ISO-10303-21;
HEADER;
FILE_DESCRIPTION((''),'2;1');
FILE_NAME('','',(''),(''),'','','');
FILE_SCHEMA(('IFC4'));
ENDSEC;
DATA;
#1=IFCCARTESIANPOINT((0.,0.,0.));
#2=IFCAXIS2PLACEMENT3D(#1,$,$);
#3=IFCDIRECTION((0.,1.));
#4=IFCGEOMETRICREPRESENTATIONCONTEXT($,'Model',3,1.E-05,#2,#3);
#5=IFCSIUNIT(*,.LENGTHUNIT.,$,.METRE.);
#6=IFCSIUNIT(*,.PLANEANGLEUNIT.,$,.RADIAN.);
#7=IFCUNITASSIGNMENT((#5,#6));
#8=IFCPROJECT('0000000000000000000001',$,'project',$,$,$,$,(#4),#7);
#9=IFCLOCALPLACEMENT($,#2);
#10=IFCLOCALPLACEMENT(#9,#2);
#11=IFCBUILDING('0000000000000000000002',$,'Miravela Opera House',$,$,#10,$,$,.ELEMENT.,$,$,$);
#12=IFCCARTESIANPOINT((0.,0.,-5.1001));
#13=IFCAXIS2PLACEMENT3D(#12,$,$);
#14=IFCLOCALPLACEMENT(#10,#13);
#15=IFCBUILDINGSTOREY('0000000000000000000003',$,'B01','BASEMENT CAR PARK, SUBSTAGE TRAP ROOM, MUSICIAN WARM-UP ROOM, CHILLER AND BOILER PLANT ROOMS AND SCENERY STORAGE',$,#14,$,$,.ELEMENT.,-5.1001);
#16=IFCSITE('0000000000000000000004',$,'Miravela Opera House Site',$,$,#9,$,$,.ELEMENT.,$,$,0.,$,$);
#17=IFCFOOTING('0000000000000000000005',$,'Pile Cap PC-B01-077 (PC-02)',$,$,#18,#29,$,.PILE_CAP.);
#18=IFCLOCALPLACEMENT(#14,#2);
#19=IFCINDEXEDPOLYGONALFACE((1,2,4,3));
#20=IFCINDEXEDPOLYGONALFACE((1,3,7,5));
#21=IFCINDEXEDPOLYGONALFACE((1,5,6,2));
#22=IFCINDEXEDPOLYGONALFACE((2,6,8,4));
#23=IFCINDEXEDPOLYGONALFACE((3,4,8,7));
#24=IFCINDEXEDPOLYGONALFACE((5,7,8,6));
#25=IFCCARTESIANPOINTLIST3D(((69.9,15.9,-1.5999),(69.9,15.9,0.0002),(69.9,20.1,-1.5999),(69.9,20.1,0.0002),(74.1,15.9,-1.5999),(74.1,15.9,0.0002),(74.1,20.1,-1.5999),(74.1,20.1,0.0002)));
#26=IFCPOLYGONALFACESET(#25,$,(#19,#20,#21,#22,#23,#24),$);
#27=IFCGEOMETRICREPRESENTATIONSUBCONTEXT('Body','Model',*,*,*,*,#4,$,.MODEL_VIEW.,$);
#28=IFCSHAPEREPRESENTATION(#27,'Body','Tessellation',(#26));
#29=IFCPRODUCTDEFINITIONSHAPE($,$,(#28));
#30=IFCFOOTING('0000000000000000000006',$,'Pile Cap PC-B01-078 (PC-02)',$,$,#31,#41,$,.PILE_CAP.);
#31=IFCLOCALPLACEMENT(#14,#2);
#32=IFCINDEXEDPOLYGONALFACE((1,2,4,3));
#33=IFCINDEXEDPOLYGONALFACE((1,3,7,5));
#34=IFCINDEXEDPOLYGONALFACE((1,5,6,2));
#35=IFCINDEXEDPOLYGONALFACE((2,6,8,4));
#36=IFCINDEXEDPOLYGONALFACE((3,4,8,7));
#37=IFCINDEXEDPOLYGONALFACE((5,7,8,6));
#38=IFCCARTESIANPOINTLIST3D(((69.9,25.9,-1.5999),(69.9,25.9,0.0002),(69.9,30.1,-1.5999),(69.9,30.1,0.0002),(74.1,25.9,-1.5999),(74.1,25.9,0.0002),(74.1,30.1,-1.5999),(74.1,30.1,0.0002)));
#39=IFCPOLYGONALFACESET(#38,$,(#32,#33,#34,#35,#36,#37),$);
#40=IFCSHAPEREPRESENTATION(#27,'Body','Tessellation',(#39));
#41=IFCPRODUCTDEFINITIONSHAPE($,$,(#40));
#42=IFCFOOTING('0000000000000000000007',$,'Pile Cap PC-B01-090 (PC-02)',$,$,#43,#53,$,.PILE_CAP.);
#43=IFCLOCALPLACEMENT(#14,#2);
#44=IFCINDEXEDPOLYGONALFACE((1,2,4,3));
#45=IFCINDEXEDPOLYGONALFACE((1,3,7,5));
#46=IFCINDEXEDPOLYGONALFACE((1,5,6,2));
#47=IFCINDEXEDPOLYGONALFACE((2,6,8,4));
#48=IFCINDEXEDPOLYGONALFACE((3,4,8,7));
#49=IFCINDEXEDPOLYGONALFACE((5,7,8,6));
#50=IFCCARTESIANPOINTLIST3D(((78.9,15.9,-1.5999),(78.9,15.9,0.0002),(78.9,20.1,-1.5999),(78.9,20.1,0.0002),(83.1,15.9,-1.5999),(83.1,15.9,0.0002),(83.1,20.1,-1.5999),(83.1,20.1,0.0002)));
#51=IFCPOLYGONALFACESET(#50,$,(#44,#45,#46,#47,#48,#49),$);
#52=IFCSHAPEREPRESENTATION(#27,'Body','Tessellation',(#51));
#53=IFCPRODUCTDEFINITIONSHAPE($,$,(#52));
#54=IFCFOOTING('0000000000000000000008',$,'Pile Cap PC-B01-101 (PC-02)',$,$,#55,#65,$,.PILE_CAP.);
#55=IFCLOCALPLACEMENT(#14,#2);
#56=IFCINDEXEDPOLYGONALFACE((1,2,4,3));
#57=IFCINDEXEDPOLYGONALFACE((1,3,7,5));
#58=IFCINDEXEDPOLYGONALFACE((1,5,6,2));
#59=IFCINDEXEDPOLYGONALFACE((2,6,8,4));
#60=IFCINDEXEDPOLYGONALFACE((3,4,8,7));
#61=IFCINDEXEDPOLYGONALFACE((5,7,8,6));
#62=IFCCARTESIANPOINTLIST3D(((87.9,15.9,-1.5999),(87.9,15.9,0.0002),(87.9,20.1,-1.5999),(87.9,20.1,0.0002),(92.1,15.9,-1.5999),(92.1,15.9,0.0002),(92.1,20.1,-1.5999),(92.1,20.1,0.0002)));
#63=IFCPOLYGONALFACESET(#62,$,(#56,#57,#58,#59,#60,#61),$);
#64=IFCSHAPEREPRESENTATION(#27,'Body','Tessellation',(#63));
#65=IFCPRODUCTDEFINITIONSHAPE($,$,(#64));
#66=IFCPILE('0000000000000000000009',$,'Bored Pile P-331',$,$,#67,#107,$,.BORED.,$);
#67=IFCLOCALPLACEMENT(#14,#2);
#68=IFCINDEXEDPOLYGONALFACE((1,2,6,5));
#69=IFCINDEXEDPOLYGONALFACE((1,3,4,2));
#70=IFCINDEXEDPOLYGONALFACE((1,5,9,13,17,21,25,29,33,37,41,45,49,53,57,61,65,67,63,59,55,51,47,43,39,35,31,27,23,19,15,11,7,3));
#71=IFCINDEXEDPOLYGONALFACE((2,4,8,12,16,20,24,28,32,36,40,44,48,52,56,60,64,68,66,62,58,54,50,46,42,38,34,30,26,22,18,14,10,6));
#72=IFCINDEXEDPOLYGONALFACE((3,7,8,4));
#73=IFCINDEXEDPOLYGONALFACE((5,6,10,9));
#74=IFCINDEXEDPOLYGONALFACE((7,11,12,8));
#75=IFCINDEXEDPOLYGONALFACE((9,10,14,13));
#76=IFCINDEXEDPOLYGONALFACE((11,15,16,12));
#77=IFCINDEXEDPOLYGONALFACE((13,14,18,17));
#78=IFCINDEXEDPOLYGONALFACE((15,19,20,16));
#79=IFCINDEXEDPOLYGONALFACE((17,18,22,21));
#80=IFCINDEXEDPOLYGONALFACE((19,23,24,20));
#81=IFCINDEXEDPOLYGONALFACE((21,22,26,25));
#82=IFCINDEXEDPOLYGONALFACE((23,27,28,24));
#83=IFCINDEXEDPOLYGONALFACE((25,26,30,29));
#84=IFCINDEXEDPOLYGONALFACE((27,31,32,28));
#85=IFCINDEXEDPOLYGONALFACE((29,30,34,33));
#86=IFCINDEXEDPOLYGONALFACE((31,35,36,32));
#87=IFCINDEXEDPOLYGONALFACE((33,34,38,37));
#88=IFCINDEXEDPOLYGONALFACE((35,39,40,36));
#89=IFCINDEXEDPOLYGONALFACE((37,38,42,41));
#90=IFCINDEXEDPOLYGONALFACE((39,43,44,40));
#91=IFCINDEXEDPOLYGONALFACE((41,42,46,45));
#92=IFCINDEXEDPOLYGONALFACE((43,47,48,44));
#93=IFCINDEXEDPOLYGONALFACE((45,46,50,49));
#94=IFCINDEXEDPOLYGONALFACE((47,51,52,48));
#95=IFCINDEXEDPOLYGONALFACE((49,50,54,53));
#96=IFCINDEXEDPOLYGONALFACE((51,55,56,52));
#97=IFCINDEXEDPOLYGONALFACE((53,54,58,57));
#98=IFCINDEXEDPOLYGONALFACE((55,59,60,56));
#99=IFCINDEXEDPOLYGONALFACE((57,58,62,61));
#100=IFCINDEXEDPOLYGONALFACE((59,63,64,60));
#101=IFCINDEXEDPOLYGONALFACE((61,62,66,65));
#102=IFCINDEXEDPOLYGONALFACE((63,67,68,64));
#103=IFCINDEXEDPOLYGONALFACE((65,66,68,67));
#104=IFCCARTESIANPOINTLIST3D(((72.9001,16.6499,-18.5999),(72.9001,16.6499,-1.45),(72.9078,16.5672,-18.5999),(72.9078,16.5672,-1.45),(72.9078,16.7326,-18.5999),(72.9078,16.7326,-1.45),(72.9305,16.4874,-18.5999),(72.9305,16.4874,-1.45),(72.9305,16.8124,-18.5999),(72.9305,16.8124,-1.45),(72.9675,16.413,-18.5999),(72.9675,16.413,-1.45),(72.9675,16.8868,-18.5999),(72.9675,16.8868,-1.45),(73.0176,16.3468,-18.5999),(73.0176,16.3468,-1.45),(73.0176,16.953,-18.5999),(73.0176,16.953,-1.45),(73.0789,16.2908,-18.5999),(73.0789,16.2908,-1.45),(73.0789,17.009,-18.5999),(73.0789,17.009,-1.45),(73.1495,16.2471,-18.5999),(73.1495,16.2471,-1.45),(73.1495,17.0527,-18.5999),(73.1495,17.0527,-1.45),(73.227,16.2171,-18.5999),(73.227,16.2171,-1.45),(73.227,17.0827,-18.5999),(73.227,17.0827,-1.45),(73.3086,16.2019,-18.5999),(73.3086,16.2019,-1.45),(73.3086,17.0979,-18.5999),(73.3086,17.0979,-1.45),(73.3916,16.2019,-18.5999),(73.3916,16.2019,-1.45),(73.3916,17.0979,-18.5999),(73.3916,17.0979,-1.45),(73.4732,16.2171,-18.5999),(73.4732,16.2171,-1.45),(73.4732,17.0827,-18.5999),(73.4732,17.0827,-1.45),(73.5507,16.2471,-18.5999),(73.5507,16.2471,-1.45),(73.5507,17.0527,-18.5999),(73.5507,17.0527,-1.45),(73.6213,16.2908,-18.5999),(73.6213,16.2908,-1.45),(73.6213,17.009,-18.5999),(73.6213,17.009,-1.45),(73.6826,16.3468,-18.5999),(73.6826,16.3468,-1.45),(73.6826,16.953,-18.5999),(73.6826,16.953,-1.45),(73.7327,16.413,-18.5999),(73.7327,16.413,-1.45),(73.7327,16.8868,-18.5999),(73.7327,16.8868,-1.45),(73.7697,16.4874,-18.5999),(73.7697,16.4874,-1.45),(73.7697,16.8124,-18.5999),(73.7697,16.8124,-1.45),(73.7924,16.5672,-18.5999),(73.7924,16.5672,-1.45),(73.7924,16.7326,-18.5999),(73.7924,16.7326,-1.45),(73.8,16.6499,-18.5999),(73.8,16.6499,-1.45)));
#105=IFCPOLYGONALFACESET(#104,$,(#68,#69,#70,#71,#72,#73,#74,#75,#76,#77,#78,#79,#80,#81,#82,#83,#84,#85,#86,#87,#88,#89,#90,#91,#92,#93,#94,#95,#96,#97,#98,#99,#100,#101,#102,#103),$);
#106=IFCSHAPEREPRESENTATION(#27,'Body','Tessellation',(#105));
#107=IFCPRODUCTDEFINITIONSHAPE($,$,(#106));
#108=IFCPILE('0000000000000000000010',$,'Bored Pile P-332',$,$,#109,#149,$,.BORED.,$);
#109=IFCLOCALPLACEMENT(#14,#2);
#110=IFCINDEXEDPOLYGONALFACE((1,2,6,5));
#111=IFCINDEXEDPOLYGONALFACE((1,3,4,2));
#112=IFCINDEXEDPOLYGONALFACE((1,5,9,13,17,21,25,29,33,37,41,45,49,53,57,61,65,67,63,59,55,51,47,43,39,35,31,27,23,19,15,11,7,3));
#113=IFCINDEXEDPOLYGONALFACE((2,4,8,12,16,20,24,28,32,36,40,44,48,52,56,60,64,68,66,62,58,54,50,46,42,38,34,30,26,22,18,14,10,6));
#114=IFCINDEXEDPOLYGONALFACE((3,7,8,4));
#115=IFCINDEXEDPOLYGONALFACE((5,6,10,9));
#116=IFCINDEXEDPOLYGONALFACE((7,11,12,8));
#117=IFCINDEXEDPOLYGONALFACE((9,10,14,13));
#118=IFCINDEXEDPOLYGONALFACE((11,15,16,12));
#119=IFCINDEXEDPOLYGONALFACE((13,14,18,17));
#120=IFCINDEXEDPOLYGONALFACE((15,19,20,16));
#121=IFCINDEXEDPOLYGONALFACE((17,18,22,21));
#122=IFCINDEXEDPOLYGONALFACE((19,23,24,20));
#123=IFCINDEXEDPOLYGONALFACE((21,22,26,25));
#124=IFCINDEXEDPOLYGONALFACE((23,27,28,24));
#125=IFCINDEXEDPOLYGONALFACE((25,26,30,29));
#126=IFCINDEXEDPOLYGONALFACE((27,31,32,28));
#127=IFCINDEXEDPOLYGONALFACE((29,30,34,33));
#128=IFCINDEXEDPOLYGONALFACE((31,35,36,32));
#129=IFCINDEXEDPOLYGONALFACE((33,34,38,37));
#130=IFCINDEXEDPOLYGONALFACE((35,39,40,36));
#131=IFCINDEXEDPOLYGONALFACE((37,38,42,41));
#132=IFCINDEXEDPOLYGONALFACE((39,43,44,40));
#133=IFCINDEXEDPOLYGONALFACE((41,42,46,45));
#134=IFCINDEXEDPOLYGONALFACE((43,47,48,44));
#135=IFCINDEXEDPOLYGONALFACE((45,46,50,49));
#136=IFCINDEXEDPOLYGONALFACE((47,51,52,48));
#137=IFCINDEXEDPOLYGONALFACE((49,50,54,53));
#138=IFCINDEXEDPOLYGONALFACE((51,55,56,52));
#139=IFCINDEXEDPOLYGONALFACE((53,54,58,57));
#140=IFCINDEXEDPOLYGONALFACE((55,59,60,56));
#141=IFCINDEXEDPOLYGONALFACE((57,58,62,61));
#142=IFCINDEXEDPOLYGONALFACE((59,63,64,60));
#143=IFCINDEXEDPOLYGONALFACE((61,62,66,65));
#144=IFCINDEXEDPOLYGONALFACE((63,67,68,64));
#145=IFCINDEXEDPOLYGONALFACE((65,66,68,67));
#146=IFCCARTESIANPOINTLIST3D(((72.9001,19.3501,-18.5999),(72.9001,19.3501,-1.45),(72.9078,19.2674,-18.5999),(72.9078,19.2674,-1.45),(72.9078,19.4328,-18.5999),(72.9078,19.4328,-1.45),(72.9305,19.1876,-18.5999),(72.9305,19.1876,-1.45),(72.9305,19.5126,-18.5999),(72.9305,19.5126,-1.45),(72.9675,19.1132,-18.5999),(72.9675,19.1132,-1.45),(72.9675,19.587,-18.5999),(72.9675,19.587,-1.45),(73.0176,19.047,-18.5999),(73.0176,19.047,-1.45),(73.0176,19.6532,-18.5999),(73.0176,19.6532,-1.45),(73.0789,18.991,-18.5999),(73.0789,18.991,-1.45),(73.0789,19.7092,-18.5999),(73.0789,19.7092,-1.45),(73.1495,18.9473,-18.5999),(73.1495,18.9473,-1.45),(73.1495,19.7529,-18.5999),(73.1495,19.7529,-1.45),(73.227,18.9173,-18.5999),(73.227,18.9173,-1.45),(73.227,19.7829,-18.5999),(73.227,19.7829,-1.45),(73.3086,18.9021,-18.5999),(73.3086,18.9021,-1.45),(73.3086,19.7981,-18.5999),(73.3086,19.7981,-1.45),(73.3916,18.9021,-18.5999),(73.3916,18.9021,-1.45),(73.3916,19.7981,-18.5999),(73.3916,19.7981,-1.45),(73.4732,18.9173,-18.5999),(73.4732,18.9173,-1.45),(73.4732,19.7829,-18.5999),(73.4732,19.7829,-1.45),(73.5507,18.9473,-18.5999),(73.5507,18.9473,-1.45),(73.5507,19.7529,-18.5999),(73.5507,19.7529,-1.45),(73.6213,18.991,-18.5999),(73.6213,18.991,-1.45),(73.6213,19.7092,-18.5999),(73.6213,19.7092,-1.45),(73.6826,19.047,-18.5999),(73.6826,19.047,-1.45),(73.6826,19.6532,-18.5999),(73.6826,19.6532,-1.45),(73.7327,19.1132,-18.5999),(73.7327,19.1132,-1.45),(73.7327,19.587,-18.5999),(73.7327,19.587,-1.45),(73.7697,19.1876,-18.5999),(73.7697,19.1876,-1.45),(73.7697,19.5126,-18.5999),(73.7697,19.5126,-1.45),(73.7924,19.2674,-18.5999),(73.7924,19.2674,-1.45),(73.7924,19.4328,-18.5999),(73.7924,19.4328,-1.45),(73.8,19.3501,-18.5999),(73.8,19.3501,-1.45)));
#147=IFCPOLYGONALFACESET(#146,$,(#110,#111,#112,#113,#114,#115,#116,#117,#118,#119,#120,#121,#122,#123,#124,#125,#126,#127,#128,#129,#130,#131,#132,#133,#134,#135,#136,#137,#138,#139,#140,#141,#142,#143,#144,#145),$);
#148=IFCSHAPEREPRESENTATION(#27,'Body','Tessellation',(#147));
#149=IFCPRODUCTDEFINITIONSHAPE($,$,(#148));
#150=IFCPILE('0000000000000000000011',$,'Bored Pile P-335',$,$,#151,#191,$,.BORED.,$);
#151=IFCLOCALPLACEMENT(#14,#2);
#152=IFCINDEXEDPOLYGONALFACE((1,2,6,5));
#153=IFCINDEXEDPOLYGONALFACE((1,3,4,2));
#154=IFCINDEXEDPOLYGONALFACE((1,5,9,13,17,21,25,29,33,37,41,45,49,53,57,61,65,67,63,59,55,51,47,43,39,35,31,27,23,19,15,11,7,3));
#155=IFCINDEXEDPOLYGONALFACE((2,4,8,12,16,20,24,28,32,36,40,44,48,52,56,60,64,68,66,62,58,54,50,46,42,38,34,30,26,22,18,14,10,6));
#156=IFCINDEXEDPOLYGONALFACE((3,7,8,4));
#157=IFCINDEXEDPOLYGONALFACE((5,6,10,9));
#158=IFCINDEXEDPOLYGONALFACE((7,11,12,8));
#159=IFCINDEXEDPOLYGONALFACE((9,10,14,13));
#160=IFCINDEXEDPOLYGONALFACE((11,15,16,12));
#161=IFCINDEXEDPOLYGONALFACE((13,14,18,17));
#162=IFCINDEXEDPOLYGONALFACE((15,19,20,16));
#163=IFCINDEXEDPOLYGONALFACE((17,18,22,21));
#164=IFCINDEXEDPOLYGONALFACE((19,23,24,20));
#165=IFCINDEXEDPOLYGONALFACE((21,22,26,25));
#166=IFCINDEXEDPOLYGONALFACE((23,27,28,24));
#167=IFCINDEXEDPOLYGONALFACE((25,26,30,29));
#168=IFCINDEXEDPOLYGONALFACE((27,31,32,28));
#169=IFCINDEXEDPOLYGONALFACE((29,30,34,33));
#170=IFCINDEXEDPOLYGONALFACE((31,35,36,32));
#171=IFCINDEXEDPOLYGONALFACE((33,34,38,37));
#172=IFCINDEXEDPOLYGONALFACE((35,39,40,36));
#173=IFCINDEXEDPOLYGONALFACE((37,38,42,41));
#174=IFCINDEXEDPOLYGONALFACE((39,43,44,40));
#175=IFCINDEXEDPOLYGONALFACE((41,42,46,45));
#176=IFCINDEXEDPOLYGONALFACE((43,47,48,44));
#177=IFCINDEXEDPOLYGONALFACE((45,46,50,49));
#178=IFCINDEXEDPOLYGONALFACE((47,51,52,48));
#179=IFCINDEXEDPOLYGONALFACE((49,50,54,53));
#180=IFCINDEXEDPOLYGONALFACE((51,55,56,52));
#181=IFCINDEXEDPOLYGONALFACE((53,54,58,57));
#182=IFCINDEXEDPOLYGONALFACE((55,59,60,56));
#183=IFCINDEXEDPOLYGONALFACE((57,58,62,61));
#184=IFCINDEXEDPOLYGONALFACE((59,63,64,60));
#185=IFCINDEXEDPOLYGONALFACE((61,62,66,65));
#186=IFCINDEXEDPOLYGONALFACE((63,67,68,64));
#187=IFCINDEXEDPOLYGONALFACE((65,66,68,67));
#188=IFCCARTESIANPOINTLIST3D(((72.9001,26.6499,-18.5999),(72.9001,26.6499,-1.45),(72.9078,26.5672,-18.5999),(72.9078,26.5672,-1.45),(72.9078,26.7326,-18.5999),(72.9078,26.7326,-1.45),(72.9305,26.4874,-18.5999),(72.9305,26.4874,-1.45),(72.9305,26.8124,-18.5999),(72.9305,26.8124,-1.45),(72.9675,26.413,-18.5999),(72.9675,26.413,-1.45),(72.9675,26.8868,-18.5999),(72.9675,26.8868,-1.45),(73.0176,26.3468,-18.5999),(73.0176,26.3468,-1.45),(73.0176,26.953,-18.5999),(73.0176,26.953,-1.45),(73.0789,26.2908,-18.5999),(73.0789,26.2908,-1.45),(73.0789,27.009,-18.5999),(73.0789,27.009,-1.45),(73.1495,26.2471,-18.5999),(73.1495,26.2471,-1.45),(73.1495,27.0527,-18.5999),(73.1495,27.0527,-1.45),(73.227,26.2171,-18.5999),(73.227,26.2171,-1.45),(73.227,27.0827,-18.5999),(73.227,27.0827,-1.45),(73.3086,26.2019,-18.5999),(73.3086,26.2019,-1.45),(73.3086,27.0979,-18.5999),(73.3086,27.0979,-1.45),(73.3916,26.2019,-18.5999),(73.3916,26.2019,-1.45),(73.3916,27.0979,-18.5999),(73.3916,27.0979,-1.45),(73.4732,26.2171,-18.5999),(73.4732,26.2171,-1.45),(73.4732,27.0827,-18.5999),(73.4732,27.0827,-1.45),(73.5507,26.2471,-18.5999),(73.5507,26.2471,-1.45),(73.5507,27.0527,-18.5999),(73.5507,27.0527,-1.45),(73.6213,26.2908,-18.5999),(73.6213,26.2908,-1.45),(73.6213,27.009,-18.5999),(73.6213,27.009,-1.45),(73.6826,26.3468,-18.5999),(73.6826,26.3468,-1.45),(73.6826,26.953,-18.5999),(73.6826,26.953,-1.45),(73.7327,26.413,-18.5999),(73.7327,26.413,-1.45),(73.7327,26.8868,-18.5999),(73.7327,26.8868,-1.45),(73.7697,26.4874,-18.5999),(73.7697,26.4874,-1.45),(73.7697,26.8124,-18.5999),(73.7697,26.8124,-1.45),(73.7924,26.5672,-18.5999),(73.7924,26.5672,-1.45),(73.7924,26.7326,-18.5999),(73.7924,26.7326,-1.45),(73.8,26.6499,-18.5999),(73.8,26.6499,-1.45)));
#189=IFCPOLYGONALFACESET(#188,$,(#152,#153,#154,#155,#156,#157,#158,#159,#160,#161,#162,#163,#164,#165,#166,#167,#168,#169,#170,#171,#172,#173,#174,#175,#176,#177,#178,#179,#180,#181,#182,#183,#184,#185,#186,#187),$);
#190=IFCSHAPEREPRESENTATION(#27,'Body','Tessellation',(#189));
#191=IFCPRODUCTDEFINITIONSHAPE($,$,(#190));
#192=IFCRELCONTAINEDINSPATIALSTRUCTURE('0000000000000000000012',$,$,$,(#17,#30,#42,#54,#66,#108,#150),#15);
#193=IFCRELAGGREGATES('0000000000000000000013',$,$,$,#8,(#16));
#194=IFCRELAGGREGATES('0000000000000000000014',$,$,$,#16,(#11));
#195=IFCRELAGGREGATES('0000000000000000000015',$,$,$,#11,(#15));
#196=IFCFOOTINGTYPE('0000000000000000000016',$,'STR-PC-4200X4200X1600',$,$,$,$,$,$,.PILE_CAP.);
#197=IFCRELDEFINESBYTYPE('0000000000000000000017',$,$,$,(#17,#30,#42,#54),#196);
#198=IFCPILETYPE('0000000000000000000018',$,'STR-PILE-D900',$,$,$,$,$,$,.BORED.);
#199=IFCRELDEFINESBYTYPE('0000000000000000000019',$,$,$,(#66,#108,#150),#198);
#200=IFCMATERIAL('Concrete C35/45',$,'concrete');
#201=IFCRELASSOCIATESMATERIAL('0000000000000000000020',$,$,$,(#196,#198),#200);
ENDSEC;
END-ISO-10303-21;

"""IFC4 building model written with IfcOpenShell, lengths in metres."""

from ifc_helpers import new_model, si_unit, direction, frame, origin, origin_2d, place, context, subcontext, project, spatial, rectangle, circle, extrude, material, material_profile, profile_set, type_object, element, save


model = new_model("IFC4")

# Units and contexts
model_context = context("Model", 3, precision=1e-05, world=origin(), true_north=direction((0.0, 1.0)))
body_context = subcontext(model_context, "Body", "Model", "MODEL_VIEW")
ifc_project = project(units=[si_unit("LENGTHUNIT", "METRE"), si_unit("PLANEANGLEUNIT", "RADIAN")], contexts=[model_context])

# Site, building, storey
site_placement = place(None, origin())
site = spatial("IfcSite", under=ifc_project, at=site_placement, Name="Miravela Opera House Site", CompositionType="ELEMENT", RefElevation=0.0)
building_placement = place(site_placement, origin())
building = spatial("IfcBuilding", under=site, at=building_placement, Name="Miravela Opera House", CompositionType="ELEMENT")
storey_placement = place(building_placement, frame((0.0, 0.0, -5.1001)))
storey = spatial("IfcBuildingStorey", under=building, at=storey_placement, Name="B01", Description="BASEMENT CAR PARK, SUBSTAGE TRAP ROOM, MUSICIAN WARM-UP ROOM, CHILLER AND BOILER PLANT ROOMS AND SCENERY STORAGE", CompositionType="ELEMENT", Elevation=-5.1001)

# Footings
ifc_material_1 = material(Name="Concrete C35/45", Category="concrete")
footing_type = type_object("IfcFootingType", Name="STR-PC-4200X4200X1600", PredefinedType="PILE_CAP", material=ifc_material_1)
for number, where, z_axis, x_axis, name in (
    (1, (72.0, 18.0, -1.5999), (0.0, 0.0, 1.0), (1.0, 0.0, 0.0), "Pile Cap PC-B01-077 (PC-02)"),
    (2, (72.0, 28.0, -1.5999), (0.0, 0.0, 1.0), (1.0, 0.0, 0.0), "Pile Cap PC-B01-078 (PC-02)"),
    (3, (81.0, 18.0, -1.5999), (0.0, 0.0, 1.0), (1.0, 0.0, 0.0), "Pile Cap PC-B01-090 (PC-02)"),
    (4, (90.0, 18.0, -1.5999), (0.0, 0.0, 1.0), (1.0, 0.0, 0.0), "Pile Cap PC-B01-101 (PC-02)"),
):
    element("IfcFooting", number, at=place(storey_placement, frame(where, z_axis=z_axis, x_axis=x_axis)), inside=storey, type_object=footing_type, Name=name, PredefinedType="PILE_CAP", context=body_context, shape_type="SweptSolid", body=[
        extrude(rectangle(XDim=4.2, YDim=4.2, at=origin_2d()), origin(), (0.0, 0.0, 1.0), 1.6001),
    ])

# Piles
ifc_material_profile_1 = material_profile(ifc_material_1, circle(Radius=0.45, at=origin_2d()), Name="PILE-D900")
ifc_profile_set_1 = profile_set([ifc_material_profile_1])
pile_type = type_object("IfcPileType", Name="STR-PILE-D900", PredefinedType="BORED", material=ifc_profile_set_1)
for number, where, z_axis, x_axis, name in (
    (5, (73.3501, 16.6499, -1.45), (0.0, 0.0, -1.0), (1.0, 0.0, 0.0), "Bored Pile P-331"),
    (6, (73.3501, 19.3501, -1.45), (0.0, 0.0, -1.0), (1.0, 0.0, 0.0), "Bored Pile P-332"),
    (7, (73.3501, 26.6499, -1.45), (0.0, 0.0, -1.0), (1.0, 0.0, 0.0), "Bored Pile P-335"),
):
    element("IfcPile", number, at=place(storey_placement, frame(where, z_axis=z_axis, x_axis=x_axis)), inside=storey, type_object=pile_type, Name=name, PredefinedType="BORED", context=body_context, shape_type="SweptSolid", body=[
        extrude(circle(Radius=0.45, at=origin_2d()), origin(), (0.0, 0.0, 1.0), 17.1499),
    ])

save(model, "model.ifc")
